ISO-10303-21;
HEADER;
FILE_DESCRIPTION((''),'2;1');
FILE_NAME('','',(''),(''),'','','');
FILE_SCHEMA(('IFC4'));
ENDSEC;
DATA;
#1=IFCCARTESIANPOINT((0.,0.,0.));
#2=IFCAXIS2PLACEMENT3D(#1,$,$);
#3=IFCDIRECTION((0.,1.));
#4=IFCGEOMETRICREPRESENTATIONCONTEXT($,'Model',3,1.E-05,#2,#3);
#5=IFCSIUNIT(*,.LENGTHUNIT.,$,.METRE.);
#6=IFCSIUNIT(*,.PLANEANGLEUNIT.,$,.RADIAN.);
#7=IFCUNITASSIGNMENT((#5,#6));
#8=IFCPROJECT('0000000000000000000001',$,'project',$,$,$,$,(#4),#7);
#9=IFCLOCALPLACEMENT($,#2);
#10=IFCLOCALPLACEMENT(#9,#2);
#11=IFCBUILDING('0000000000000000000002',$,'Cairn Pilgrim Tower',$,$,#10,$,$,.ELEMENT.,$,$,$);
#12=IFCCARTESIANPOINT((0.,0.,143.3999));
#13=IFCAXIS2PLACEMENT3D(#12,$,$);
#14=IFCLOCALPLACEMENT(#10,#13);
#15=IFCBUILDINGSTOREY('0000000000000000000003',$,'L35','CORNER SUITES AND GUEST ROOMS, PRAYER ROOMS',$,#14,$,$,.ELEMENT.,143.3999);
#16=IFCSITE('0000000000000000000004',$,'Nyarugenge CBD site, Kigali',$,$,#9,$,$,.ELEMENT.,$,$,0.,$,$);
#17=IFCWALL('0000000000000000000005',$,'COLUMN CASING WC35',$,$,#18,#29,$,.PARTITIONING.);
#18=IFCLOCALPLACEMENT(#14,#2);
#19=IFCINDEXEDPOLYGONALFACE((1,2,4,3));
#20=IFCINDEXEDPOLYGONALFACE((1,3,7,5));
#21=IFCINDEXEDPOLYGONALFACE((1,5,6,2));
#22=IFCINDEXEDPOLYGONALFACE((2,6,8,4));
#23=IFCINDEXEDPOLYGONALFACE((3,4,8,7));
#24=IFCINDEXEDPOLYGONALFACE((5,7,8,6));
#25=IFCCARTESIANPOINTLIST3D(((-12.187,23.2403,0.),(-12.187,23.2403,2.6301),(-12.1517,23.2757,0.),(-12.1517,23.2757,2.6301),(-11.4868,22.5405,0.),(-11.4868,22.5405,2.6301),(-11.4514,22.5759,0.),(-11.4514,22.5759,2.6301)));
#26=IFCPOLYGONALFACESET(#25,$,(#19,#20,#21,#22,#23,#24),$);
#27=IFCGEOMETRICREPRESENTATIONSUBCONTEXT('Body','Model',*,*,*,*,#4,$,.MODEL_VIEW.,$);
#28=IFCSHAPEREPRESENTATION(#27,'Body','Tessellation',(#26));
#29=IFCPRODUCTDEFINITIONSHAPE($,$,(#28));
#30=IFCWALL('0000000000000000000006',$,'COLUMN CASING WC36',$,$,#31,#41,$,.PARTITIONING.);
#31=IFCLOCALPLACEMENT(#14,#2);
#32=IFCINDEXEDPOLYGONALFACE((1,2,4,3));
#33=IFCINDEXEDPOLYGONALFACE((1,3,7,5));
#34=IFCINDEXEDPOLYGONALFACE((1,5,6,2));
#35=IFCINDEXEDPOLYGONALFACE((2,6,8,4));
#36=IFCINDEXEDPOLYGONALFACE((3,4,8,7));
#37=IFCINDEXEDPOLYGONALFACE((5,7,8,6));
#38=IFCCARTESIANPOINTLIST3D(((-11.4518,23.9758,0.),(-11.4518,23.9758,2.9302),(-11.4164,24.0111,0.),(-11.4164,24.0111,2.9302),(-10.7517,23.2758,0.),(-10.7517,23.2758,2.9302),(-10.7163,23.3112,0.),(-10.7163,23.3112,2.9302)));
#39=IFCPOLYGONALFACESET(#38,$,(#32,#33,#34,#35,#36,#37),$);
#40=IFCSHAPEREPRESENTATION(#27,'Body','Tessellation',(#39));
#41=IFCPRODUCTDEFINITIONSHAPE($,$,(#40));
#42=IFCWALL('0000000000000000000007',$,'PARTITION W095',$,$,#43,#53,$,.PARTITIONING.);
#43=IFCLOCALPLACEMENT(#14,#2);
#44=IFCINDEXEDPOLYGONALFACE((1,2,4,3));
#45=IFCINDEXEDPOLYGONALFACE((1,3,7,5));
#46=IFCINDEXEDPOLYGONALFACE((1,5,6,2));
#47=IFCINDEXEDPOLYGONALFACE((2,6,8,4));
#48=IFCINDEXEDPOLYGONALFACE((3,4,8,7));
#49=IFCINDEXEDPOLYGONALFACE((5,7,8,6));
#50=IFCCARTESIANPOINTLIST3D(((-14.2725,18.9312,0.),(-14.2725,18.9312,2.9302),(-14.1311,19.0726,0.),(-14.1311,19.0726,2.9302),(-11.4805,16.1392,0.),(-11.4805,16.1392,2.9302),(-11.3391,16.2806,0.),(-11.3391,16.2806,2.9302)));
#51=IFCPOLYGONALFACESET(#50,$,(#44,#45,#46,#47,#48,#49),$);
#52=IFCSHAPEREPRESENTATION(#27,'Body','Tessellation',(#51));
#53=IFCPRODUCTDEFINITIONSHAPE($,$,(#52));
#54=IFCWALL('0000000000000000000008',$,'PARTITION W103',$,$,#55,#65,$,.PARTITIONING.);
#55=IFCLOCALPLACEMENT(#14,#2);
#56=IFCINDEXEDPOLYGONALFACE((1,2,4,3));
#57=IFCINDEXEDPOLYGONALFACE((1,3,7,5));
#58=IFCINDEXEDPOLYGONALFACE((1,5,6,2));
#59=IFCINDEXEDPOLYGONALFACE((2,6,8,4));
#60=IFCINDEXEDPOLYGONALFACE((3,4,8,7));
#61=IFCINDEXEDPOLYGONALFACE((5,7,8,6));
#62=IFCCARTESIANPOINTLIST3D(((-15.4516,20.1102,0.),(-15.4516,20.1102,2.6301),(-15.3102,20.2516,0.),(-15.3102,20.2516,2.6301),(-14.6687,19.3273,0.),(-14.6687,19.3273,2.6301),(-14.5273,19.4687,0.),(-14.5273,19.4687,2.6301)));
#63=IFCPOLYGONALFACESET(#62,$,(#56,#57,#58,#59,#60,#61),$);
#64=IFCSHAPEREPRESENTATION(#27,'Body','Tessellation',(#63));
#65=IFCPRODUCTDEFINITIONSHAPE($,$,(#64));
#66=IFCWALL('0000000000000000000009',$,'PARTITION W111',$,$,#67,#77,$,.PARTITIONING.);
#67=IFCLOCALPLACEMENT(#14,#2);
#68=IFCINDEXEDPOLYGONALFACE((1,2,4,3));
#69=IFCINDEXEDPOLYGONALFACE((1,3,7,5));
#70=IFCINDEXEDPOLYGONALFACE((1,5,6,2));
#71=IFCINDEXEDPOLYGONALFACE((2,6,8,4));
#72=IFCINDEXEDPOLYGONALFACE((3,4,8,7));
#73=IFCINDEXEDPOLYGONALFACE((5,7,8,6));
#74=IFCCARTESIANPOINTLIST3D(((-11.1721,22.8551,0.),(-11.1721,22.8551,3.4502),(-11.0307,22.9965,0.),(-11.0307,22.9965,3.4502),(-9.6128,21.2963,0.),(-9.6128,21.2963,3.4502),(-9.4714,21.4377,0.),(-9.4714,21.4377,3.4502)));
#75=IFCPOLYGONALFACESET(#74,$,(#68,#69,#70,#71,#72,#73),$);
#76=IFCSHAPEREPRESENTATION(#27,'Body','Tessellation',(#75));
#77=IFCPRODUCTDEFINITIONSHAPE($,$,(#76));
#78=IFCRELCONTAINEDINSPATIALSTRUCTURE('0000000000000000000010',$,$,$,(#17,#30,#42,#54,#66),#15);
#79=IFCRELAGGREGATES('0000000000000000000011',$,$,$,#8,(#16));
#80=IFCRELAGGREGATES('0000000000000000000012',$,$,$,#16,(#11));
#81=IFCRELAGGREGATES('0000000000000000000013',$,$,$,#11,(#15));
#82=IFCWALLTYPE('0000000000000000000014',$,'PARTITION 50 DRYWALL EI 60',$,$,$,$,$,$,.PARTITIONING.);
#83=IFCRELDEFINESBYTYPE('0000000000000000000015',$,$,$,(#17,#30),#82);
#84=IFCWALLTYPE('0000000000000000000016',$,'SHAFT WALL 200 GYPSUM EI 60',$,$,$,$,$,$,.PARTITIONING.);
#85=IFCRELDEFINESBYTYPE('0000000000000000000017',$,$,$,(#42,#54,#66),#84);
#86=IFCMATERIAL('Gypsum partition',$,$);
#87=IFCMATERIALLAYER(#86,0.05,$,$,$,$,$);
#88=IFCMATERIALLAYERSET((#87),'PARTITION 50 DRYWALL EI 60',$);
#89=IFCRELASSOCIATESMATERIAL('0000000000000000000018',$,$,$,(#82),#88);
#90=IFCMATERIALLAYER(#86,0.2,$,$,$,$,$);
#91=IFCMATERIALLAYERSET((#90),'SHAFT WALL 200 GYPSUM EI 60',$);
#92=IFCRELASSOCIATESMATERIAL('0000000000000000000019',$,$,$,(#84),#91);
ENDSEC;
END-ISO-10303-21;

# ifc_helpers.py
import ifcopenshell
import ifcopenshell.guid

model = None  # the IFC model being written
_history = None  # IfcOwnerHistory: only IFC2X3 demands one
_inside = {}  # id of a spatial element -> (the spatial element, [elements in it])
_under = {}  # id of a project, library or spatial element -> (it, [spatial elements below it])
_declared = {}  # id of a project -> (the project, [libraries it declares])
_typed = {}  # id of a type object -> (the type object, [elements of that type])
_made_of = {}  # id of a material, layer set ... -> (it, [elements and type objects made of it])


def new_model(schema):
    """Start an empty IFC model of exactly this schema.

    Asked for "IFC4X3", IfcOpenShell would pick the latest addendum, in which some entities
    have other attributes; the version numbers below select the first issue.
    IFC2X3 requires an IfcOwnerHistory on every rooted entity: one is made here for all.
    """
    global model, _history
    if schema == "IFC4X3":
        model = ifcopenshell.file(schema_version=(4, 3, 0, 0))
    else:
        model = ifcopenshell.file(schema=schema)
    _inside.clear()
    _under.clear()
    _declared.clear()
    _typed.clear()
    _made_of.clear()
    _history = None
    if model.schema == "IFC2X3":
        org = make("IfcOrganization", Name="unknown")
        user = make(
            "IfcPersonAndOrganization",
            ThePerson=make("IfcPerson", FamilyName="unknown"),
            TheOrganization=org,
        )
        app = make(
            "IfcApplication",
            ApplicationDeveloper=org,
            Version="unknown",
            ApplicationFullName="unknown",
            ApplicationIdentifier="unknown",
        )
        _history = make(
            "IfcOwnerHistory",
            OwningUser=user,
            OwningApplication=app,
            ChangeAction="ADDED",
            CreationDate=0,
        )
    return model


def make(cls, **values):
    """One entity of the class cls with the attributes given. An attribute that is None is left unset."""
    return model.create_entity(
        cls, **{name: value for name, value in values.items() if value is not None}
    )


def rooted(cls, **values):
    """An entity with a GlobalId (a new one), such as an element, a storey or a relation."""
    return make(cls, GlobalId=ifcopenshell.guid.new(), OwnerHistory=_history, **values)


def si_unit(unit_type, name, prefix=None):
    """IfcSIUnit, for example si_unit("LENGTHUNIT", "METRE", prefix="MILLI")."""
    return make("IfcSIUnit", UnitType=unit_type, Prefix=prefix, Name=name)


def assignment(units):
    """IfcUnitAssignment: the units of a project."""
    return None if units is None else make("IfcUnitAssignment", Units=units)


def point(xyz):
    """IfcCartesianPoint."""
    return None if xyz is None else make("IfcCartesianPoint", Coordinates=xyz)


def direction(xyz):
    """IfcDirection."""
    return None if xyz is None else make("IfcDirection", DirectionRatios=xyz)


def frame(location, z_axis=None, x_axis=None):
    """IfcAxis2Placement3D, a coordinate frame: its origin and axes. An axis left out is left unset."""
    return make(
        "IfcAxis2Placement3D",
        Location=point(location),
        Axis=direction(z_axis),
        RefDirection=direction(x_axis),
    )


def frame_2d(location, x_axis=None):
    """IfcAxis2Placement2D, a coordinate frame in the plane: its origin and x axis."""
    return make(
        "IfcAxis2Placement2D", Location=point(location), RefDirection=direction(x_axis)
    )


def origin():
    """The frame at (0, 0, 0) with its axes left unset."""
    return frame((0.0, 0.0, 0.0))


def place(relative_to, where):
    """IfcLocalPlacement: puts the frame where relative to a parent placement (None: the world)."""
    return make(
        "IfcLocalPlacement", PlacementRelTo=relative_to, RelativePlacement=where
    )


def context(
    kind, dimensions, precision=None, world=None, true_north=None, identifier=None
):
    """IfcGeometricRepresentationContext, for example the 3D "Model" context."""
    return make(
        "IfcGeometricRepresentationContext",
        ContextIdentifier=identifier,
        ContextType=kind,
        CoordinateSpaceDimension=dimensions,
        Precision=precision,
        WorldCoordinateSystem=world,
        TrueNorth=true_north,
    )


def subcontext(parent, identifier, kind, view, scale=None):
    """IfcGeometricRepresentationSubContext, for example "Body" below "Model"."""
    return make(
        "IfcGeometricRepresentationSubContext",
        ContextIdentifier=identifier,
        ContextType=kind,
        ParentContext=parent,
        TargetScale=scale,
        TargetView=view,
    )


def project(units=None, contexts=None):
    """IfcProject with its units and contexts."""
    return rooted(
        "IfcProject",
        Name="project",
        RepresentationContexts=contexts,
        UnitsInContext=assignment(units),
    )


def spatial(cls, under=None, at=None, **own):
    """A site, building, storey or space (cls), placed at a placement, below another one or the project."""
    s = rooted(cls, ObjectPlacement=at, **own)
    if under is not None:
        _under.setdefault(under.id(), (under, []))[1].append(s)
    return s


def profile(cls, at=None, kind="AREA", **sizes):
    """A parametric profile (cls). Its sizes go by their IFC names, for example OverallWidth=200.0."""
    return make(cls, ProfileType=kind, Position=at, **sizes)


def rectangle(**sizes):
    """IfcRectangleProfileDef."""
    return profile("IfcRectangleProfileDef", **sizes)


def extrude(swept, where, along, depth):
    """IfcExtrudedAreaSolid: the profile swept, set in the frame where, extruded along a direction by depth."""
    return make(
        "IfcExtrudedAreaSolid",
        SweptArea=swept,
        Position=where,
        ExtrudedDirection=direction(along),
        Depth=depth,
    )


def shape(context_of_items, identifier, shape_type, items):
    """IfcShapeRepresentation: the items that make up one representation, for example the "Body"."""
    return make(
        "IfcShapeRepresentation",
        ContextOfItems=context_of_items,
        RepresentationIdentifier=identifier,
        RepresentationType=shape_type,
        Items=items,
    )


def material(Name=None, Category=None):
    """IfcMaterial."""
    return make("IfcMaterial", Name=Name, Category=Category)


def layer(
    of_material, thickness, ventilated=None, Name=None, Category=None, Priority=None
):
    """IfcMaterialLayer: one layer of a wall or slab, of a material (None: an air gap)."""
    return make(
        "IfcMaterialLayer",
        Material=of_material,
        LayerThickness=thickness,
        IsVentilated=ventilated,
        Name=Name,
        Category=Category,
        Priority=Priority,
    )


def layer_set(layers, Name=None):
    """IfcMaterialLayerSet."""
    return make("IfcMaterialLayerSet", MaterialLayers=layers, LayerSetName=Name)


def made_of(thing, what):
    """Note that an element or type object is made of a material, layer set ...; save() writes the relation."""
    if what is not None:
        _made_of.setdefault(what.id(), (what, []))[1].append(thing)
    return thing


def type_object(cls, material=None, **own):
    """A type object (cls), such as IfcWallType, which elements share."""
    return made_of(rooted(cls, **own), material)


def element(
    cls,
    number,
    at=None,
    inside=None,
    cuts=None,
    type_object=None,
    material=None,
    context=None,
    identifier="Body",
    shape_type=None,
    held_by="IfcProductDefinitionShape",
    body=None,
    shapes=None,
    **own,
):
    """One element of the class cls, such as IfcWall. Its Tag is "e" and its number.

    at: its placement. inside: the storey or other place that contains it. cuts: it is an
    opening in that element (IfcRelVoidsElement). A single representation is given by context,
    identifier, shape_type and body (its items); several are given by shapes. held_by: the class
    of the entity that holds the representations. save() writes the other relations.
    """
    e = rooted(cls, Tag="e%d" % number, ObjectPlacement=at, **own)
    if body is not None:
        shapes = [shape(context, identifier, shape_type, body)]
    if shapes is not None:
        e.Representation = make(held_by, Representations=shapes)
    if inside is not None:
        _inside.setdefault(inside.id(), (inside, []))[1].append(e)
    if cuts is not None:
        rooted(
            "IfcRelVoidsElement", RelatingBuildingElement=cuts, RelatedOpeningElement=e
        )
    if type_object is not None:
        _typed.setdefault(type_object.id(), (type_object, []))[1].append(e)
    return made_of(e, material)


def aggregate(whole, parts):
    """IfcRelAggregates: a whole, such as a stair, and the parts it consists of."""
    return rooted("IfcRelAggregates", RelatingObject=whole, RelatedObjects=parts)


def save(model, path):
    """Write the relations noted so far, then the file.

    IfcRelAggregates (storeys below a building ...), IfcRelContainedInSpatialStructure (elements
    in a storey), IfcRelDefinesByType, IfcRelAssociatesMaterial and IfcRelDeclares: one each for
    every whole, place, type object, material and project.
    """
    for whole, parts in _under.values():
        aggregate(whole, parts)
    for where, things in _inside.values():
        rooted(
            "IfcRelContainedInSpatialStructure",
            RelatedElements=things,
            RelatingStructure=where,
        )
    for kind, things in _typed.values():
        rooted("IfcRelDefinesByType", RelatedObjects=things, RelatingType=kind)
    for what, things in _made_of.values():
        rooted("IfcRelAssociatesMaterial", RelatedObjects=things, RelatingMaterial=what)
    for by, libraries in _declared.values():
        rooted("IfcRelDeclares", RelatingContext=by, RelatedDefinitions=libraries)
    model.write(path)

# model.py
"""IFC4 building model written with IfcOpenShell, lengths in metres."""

from ifc_helpers import new_model, si_unit, direction, frame, frame_2d, origin, place, context, subcontext, project, spatial, rectangle, extrude, material, layer, layer_set, type_object, element, save


model = new_model("IFC4")

# Units and contexts
model_context = context("Model", 3, precision=1e-05, world=origin(), true_north=direction((0.0, 1.0)))
body_context = subcontext(model_context, "Body", "Model", "MODEL_VIEW")
ifc_project = project(units=[si_unit("LENGTHUNIT", "METRE"), si_unit("PLANEANGLEUNIT", "RADIAN")], contexts=[model_context])

# Site, building, storey
site_placement = place(None, origin())
site = spatial("IfcSite", under=ifc_project, at=site_placement, Name="Nyarugenge CBD site, Kigali", CompositionType="ELEMENT", RefElevation=0.0)
building_placement = place(site_placement, origin())
building = spatial("IfcBuilding", under=site, at=building_placement, Name="Cairn Pilgrim Tower", CompositionType="ELEMENT")
storey_placement = place(building_placement, frame((0.0, 0.0, 143.3999)))
storey = spatial("IfcBuildingStorey", under=building, at=storey_placement, Name="L35", Description="CORNER SUITES AND GUEST ROOMS, PRAYER ROOMS", CompositionType="ELEMENT", Elevation=143.3999)

# Walls
ifc_material_1 = material(Name="Gypsum partition")
ifc_layer_1 = layer(ifc_material_1, 0.05)
ifc_layer_set_1 = layer_set([ifc_layer_1], Name="PARTITION 50 DRYWALL EI 60")
wall_type_1 = type_object("IfcWallType", Name="PARTITION 50 DRYWALL EI 60", PredefinedType="PARTITIONING", material=ifc_layer_set_1)
wall_1_placement = place(storey_placement, frame((-11.469, 22.5581, 0.0), z_axis=(0.0, 0.0, 1.0), x_axis=(-0.707353, 0.70686, 0.0)))
element("IfcWall", 1, at=wall_1_placement, inside=storey, type_object=wall_type_1, Name="COLUMN CASING WC35", PredefinedType="PARTITIONING", context=body_context, shape_type="SweptSolid", body=[
    extrude(rectangle(XDim=0.99, YDim=0.05, at=frame_2d((0.4951, 0.0))), origin(), (0.0, 0.0, 1.0), 2.6301),
])
wall_2_placement = place(storey_placement, frame((-10.7339, 23.2935, 0.0), z_axis=(0.0, 0.0, 1.0), x_axis=(-0.70723, 0.706983, 0.0)))
element("IfcWall", 2, at=wall_2_placement, inside=storey, type_object=wall_type_1, Name="COLUMN CASING WC36", PredefinedType="PARTITIONING", context=body_context, shape_type="SweptSolid", body=[
    extrude(rectangle(XDim=0.99, YDim=0.05, at=frame_2d((0.4951, 0.0))), origin(), (0.0, 0.0, 1.0), 2.9302),
])
ifc_layer_2 = layer(ifc_material_1, 0.2)
ifc_layer_set_2 = layer_set([ifc_layer_2], Name="SHAFT WALL 200 GYPSUM EI 60")
wall_type_2 = type_object("IfcWallType", Name="SHAFT WALL 200 GYPSUM EI 60", PredefinedType="PARTITIONING", material=ifc_layer_set_2)
wall_3_placement = place(storey_placement, frame((-11.4099, 16.21, 0.0), z_axis=(0.0, 0.0, 1.0), x_axis=(-0.707107, 0.707107, 0.0)))
element("IfcWall", 3, at=wall_3_placement, inside=storey, type_object=wall_type_2, Name="PARTITION W095", PredefinedType="PARTITIONING", context=body_context, shape_type="SweptSolid", body=[
    extrude(rectangle(XDim=3.9485, YDim=0.2, at=frame_2d((1.9741, 0.0))), origin(), (0.0, 0.0, 1.0), 2.9302),
])
wall_4_placement = place(storey_placement, frame((-14.5979, 19.3979, 0.0), z_axis=(0.0, 0.0, 1.0), x_axis=(-0.707107, 0.707107, 0.0)))
element("IfcWall", 4, at=wall_4_placement, inside=storey, type_object=wall_type_2, Name="PARTITION W103", PredefinedType="PARTITIONING", context=body_context, shape_type="SweptSolid", body=[
    extrude(rectangle(XDim=1.1072, YDim=0.2, at=frame_2d((0.5537, 0.0))), origin(), (0.0, 0.0, 1.0), 2.6301),
])
wall_5_placement = place(storey_placement, frame((-9.542, 21.3669, 0.0), z_axis=(0.0, 0.0, 1.0), x_axis=(-0.707218, 0.706996, 0.0)))
element("IfcWall", 5, at=wall_5_placement, inside=storey, type_object=wall_type_2, Name="PARTITION W111", PredefinedType="PARTITIONING", context=body_context, shape_type="SweptSolid", body=[
    extrude(rectangle(XDim=2.2048, YDim=0.2, at=frame_2d((1.1025, 0.0))), origin(), (0.0, 0.0, 1.0), 3.4502),
])

save(model, "model.ifc")
